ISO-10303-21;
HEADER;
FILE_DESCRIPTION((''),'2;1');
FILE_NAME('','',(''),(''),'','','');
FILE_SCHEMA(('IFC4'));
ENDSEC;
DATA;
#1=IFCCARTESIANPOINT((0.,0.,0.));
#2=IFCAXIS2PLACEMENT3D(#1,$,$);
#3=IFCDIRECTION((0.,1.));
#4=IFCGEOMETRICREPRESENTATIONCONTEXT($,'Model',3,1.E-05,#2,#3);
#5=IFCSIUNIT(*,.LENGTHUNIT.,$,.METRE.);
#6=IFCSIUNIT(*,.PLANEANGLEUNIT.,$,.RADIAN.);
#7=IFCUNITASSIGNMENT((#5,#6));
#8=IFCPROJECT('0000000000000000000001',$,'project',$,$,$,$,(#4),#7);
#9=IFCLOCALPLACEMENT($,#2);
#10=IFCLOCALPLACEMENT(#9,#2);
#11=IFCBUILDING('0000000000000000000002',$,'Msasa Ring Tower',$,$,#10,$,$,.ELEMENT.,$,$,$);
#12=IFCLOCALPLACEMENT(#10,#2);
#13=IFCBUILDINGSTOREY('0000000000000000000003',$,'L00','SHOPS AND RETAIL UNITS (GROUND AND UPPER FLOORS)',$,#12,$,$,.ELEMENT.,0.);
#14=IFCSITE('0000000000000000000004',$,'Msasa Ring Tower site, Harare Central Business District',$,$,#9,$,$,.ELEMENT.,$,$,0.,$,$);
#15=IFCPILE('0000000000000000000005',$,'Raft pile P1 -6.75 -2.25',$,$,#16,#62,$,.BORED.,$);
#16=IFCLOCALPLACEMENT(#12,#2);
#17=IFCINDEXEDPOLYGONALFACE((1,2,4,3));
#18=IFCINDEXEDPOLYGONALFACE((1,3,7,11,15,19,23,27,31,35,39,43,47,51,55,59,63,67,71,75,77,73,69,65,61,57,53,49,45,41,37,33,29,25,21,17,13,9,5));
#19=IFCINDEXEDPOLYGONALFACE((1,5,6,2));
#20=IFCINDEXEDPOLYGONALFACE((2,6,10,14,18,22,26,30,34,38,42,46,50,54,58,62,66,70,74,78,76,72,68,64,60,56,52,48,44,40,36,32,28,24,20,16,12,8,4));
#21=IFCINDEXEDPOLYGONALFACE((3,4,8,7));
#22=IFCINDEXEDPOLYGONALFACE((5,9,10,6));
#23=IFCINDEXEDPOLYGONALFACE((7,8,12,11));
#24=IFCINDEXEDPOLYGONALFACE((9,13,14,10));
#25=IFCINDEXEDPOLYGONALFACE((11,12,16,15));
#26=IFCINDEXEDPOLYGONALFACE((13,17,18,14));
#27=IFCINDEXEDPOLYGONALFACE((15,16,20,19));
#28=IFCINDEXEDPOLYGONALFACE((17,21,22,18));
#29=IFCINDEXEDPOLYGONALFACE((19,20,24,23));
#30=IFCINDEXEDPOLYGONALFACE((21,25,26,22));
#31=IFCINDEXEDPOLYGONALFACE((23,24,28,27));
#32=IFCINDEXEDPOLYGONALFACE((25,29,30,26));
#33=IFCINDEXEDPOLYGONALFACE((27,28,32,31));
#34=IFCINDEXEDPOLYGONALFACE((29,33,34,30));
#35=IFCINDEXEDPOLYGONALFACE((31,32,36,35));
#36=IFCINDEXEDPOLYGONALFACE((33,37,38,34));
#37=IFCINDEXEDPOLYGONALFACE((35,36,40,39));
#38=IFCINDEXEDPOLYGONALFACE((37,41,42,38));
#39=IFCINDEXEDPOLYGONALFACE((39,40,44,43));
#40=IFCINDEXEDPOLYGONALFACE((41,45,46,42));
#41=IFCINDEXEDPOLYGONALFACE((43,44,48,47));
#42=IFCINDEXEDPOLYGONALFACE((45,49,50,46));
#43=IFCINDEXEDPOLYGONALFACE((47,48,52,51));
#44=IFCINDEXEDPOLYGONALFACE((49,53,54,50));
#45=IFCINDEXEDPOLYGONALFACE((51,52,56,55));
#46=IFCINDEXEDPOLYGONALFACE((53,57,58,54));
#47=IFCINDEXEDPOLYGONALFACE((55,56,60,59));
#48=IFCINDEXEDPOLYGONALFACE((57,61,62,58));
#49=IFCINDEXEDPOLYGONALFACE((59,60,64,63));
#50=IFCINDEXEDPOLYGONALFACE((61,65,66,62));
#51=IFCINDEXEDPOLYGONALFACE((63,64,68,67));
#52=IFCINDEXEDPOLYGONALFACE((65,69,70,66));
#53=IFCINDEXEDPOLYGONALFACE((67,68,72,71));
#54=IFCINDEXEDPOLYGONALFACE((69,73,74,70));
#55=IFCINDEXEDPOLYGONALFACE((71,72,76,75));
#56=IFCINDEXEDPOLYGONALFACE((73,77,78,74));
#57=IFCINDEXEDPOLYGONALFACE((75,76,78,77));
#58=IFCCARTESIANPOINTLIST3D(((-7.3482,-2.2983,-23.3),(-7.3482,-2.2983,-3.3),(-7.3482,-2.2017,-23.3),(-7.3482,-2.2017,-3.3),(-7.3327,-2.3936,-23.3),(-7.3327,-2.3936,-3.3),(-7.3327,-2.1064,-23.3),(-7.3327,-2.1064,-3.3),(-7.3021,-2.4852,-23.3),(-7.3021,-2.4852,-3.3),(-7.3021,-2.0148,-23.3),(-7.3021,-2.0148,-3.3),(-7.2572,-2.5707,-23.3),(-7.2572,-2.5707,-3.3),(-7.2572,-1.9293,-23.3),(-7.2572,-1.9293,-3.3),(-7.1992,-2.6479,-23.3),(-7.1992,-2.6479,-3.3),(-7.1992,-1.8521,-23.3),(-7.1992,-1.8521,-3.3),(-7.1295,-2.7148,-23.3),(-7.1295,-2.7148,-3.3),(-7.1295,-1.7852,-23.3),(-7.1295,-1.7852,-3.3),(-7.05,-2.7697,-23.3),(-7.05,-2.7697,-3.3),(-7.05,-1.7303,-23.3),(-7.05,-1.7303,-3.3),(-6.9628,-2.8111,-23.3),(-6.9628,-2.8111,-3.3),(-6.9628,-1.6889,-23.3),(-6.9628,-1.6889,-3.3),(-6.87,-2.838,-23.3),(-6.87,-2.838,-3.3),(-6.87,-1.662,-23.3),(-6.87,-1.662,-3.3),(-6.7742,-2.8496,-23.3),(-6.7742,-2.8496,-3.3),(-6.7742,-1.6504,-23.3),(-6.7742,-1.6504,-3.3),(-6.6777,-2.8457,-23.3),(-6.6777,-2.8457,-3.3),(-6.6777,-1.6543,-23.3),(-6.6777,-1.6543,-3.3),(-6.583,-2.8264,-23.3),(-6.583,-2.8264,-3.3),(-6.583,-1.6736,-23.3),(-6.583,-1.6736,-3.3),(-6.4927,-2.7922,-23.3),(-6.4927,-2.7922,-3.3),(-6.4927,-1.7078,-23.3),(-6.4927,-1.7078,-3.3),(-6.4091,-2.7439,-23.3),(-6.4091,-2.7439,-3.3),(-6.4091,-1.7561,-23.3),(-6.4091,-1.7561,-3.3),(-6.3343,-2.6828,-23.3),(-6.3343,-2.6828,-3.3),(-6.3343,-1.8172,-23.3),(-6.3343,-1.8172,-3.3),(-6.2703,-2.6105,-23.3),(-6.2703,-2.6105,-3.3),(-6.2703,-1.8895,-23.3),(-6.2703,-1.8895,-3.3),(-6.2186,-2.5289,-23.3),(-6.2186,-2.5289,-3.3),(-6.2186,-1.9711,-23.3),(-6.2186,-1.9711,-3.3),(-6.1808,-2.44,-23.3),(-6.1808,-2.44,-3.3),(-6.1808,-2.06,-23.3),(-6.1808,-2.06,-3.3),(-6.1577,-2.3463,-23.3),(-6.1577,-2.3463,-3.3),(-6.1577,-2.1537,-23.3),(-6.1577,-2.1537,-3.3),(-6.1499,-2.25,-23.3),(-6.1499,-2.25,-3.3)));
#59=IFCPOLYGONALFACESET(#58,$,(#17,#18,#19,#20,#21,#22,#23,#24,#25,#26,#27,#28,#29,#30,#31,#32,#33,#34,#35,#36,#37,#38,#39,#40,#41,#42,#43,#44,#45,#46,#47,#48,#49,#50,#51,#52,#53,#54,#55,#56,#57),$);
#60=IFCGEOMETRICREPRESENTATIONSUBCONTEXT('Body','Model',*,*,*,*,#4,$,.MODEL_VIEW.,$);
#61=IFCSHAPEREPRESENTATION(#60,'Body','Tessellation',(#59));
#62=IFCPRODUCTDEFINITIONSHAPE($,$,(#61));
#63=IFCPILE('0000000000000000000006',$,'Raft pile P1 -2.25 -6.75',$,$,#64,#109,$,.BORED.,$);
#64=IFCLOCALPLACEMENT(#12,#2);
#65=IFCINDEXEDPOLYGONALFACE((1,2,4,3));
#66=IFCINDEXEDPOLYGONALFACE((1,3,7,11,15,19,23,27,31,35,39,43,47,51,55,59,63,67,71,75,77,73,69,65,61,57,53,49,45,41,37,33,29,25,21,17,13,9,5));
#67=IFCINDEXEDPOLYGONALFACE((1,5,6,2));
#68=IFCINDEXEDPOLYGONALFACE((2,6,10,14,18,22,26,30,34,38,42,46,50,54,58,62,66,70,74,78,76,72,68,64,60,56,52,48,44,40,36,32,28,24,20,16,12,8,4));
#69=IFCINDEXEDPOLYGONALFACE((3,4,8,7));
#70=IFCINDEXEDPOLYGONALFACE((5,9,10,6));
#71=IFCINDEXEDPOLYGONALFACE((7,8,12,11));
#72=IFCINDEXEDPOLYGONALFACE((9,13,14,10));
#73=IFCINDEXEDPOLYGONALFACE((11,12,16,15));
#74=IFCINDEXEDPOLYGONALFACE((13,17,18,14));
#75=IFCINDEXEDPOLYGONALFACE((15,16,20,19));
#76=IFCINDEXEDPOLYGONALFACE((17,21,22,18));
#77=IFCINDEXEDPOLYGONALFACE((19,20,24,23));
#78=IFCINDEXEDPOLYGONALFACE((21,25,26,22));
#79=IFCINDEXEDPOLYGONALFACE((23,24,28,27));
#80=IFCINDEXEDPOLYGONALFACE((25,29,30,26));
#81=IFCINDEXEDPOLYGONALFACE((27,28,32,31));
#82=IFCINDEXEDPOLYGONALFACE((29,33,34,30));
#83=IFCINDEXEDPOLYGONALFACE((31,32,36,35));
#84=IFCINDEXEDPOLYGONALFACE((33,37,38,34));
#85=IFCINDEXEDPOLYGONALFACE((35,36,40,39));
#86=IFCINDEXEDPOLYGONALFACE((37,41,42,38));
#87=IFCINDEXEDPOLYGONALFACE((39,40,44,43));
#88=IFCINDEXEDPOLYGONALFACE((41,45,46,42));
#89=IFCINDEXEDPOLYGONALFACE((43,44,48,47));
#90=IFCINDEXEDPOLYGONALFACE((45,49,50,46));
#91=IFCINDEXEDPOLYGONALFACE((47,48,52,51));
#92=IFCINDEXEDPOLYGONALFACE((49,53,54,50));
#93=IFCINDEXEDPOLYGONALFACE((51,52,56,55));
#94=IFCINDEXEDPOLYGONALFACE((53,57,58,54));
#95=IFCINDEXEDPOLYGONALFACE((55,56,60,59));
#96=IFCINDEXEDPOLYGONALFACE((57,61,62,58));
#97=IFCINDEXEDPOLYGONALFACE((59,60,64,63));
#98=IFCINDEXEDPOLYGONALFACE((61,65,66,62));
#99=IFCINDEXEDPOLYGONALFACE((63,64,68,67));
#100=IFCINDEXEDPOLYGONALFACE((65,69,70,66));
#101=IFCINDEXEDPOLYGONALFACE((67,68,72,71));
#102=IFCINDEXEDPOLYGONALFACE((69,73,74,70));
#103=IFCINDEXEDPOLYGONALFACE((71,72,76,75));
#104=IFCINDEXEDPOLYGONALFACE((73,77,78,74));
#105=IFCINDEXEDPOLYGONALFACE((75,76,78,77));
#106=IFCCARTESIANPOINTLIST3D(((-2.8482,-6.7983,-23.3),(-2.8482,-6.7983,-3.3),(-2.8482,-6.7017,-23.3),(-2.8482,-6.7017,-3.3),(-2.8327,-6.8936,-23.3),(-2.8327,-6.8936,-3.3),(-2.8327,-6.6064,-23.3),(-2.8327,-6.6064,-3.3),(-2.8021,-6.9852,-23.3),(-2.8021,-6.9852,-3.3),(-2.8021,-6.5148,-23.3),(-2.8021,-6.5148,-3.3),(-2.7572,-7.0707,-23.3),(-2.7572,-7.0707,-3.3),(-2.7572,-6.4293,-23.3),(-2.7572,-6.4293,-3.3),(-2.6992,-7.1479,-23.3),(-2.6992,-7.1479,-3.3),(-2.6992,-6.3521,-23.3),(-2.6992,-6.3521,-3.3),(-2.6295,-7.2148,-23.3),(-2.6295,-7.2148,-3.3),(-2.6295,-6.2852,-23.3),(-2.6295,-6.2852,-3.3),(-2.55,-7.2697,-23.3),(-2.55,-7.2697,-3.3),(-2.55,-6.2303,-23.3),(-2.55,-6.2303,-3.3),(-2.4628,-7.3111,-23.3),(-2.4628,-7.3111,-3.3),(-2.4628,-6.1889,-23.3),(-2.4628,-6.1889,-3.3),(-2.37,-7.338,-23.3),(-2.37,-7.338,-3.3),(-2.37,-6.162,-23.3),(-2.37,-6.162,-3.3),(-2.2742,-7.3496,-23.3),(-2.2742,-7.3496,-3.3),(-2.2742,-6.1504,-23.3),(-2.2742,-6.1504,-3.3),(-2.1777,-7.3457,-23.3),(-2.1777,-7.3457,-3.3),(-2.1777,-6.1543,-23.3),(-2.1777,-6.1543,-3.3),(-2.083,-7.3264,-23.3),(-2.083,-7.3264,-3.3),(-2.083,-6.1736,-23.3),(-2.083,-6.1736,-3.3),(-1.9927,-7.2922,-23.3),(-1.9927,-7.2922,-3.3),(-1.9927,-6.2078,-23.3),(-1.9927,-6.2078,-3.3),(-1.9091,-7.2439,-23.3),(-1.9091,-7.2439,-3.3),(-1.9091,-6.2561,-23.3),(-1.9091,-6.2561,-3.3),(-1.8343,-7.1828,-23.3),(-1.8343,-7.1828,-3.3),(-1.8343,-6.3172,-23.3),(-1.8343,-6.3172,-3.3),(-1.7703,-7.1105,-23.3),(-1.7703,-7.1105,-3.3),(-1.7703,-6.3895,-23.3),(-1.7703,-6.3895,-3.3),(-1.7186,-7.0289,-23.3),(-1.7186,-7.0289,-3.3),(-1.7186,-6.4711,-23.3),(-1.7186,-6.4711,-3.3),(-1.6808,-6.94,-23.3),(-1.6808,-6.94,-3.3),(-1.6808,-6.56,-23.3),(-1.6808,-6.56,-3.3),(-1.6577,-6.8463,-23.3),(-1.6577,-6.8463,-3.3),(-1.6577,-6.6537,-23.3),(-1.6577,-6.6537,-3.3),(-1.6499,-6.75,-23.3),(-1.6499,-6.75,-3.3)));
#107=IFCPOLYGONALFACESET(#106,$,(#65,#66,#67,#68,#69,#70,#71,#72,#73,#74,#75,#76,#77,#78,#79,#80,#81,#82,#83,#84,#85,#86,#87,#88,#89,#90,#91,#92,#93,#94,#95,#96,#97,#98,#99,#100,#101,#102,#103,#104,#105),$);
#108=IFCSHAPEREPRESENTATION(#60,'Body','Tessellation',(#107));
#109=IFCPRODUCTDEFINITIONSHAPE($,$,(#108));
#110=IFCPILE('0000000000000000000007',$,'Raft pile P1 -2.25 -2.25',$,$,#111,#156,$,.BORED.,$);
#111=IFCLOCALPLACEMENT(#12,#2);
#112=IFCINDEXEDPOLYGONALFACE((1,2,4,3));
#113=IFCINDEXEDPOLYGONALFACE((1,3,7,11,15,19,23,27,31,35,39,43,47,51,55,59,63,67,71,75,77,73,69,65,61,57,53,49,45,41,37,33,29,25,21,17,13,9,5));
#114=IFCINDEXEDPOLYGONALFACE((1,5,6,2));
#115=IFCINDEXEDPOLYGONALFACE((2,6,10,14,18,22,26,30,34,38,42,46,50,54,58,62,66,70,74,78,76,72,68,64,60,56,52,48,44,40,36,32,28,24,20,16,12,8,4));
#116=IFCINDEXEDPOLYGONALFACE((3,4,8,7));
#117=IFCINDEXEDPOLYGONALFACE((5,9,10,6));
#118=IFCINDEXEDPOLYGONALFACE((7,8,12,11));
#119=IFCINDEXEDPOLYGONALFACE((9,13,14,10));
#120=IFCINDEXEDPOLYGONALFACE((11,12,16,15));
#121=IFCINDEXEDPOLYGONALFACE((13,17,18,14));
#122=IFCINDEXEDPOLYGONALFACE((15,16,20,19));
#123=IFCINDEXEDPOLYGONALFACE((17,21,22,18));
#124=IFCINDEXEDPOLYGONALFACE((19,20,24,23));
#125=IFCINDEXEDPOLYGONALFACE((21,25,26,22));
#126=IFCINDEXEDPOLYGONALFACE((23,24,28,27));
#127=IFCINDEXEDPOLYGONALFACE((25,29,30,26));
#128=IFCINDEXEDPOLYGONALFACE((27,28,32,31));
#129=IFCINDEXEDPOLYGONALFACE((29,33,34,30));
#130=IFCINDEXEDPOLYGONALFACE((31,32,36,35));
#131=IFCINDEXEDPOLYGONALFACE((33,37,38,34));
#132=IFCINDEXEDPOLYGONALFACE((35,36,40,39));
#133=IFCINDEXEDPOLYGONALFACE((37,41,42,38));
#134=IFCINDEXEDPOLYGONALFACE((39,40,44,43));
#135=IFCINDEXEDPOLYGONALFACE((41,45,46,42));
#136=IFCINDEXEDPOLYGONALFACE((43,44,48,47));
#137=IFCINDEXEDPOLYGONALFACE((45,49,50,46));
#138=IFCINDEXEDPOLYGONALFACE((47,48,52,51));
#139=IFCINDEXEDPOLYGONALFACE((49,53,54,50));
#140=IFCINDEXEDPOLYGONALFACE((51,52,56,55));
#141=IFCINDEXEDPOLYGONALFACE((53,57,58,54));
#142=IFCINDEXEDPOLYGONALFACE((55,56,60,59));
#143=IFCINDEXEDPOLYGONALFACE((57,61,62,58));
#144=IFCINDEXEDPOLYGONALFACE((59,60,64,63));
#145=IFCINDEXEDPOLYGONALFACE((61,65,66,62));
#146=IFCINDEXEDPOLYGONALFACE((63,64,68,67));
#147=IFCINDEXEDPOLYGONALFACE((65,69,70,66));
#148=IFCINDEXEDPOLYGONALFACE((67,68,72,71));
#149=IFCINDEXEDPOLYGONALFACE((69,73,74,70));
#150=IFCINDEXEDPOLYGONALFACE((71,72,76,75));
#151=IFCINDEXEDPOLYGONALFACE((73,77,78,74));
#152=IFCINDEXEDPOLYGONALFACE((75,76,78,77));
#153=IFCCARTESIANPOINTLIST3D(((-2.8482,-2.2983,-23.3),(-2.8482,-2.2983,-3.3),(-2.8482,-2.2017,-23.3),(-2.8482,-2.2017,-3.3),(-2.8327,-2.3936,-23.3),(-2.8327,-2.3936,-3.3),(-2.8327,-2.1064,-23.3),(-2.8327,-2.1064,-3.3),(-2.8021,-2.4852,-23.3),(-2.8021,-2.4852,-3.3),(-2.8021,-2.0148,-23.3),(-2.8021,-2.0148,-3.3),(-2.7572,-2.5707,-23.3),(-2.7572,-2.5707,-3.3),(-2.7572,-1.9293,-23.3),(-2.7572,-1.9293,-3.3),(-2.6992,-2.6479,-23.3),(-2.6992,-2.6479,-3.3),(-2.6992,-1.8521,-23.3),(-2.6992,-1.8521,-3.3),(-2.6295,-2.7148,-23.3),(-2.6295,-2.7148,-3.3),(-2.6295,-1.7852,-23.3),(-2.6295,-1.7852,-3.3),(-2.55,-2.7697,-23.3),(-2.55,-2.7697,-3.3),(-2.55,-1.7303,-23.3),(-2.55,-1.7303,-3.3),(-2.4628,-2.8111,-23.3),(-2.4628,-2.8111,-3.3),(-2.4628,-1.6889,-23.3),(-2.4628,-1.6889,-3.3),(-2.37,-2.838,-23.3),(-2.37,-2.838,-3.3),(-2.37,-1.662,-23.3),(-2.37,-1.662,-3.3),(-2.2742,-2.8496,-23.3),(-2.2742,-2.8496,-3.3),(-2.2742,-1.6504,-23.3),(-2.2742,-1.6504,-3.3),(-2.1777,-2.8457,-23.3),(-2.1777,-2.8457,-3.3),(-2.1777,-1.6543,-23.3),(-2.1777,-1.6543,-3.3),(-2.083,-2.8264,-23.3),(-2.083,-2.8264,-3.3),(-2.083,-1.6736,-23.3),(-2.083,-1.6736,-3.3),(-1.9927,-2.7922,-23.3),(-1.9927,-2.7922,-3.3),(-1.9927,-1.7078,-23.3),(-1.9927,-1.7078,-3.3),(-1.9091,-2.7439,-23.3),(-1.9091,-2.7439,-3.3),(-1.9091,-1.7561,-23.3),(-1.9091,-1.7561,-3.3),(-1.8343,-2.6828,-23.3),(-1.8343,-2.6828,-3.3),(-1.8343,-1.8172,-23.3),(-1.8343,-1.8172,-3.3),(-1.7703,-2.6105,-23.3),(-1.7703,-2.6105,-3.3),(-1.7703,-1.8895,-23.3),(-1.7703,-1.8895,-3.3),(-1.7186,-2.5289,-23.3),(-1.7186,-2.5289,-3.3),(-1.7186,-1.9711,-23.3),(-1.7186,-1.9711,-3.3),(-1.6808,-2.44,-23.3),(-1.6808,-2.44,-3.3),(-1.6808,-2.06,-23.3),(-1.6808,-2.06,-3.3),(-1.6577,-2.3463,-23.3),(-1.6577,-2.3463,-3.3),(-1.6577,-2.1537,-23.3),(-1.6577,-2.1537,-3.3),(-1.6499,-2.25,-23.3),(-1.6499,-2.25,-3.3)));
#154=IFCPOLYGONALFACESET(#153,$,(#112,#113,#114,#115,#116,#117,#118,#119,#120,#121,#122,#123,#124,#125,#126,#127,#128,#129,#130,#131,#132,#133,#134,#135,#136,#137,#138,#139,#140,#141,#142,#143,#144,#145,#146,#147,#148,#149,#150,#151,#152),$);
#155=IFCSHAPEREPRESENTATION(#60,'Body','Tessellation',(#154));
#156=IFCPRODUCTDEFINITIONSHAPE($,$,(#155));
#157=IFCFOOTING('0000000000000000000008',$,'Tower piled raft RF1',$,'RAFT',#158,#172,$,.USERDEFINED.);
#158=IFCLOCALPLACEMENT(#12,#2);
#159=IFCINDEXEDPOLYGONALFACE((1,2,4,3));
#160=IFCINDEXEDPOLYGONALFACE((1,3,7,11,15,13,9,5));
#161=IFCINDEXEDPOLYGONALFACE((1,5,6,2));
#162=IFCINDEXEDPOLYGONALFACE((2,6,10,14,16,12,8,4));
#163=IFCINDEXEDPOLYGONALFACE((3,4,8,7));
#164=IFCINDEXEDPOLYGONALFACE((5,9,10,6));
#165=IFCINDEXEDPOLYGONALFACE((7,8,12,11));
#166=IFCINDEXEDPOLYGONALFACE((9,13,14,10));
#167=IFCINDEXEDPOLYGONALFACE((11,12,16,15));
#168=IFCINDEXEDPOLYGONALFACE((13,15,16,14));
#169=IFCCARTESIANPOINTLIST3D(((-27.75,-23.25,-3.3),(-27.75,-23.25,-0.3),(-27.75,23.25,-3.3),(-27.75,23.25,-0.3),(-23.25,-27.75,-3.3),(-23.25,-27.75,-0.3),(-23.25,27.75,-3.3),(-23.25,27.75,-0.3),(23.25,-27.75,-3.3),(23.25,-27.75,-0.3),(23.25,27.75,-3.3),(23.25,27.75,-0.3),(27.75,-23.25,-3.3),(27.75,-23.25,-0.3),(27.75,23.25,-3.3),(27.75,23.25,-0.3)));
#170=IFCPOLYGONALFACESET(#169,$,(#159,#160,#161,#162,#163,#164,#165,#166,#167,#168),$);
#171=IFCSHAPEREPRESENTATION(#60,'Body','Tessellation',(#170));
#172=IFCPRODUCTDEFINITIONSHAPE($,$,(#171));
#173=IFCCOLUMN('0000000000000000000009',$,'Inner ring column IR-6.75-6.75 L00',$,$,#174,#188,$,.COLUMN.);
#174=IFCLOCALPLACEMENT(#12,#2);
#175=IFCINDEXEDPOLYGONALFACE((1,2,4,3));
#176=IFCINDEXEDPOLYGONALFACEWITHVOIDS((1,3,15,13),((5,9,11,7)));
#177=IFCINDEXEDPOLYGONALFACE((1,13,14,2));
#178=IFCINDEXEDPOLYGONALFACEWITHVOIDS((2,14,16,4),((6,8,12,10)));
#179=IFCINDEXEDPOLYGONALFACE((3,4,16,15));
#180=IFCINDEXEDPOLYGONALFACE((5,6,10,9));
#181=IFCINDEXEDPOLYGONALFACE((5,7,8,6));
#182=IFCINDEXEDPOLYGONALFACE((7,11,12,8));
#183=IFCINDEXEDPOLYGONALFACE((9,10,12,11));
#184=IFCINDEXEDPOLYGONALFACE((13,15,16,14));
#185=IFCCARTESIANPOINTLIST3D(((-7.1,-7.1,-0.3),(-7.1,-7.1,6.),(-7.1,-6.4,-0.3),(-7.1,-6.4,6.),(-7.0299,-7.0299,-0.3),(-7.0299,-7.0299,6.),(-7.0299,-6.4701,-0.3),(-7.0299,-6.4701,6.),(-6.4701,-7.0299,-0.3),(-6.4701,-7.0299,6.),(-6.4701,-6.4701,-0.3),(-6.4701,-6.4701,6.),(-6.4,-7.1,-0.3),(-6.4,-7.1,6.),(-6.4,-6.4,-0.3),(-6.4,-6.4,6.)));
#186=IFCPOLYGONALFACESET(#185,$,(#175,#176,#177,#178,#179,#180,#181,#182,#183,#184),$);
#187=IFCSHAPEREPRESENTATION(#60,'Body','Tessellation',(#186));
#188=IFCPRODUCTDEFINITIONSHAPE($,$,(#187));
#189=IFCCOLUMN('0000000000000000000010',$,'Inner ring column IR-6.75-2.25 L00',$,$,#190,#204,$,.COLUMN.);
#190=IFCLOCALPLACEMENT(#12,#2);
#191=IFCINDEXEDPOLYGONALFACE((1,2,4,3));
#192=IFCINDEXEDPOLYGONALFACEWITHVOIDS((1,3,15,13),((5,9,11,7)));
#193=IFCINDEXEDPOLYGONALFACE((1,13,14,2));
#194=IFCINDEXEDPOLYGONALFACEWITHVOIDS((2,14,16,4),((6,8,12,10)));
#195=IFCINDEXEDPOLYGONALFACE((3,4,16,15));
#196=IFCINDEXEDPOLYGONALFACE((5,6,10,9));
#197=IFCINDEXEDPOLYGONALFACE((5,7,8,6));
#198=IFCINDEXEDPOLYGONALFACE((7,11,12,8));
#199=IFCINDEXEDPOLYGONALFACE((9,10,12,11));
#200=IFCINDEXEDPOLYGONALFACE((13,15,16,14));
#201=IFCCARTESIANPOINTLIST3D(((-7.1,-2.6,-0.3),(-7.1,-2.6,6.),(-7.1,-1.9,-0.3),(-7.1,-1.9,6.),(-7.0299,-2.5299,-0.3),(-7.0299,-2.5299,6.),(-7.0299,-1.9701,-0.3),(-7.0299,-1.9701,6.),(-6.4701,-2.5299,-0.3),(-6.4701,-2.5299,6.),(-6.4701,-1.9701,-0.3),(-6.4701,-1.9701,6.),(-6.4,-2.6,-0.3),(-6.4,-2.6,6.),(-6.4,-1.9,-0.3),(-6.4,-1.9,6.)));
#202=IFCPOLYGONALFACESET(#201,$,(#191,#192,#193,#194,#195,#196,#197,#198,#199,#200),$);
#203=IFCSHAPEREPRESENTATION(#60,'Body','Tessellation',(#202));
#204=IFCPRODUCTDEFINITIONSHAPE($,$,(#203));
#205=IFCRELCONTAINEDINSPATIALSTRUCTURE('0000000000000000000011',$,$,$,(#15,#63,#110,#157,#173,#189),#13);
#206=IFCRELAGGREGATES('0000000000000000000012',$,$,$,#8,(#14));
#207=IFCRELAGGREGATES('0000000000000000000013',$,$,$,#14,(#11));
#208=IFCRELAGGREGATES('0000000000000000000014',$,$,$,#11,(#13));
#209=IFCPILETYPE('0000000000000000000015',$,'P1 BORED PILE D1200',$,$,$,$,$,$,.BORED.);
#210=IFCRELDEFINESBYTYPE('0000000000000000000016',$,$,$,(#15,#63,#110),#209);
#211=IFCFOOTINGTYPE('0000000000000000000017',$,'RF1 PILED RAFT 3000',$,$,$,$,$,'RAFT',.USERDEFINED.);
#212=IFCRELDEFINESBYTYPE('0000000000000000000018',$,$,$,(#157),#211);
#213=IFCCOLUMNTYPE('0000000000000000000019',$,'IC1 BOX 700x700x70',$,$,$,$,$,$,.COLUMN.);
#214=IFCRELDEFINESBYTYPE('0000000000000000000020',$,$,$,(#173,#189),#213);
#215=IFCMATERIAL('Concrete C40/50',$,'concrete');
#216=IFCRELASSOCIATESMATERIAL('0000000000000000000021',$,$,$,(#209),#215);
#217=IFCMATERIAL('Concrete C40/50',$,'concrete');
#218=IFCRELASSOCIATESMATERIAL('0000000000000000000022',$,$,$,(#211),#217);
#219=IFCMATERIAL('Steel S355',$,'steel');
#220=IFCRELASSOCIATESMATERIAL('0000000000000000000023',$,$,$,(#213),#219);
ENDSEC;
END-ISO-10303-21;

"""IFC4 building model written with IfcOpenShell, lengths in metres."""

from ifc_helpers import new_model, si_unit, direction, frame, origin, origin_2d, place, context, subcontext, project, spatial, polyline, hollow_rectangle, circle, outline, extrude, material, material_profile, profile_set, type_object, element, save


model = new_model("IFC4")

# Units and contexts
model_context = context("Model", 3, precision=1e-05, world=origin(), true_north=direction((0.0, 1.0)))
body_context = subcontext(model_context, "Body", "Model", "MODEL_VIEW")
ifc_project = project(units=[si_unit("LENGTHUNIT", "METRE"), si_unit("PLANEANGLEUNIT", "RADIAN")], contexts=[model_context])

# Site, building, storey
site_placement = place(None, origin())
site = spatial("IfcSite", under=ifc_project, at=site_placement, Name="Msasa Ring Tower site, Harare Central Business District", CompositionType="ELEMENT", RefElevation=0.0)
building_placement = place(site_placement, origin())
building = spatial("IfcBuilding", under=site, at=building_placement, Name="Msasa Ring Tower", CompositionType="ELEMENT")
storey_placement = place(building_placement, origin())
storey = spatial("IfcBuildingStorey", under=building, at=storey_placement, Name="L00", Description="SHOPS AND RETAIL UNITS (GROUND AND UPPER FLOORS)", CompositionType="ELEMENT", Elevation=0.0)

# Piles
ifc_material_1 = material(Name="Concrete C40/50", Category="concrete")
ifc_material_profile_1 = material_profile(ifc_material_1, circle(Radius=0.6001, at=origin_2d()), Name="D1200")
ifc_profile_set_1 = profile_set([ifc_material_profile_1], Name="Concrete C40/50")
pile_type = type_object("IfcPileType", Name="P1 BORED PILE D1200", PredefinedType="BORED", material=ifc_profile_set_1)
for number, where, z_axis, x_axis, name in (
    (1, (-6.75, -2.25, -3.3), (0.0, 0.0, -1.0), (1.0, 0.0, 0.0), "Raft pile P1 -6.75 -2.25"),
    (2, (-2.25, -6.75, -3.3), (0.0, 0.0, -1.0), (1.0, 0.0, 0.0), "Raft pile P1 -2.25 -6.75"),
    (3, (-2.25, -2.25, -3.3), (0.0, 0.0, -1.0), (1.0, 0.0, 0.0), "Raft pile P1 -2.25 -2.25"),
):
    element("IfcPile", number, at=place(storey_placement, frame(where, z_axis=z_axis, x_axis=x_axis)), inside=storey, type_object=pile_type, Name=name, PredefinedType="BORED", context=body_context, shape_type="SweptSolid", body=[
        extrude(circle(Radius=0.6001, at=origin_2d()), origin(), (0.0, 0.0, 1.0), 20.0),
    ])

# Footing
ifc_material_2 = material(Name="Concrete C40/50", Category="concrete")
footing_type = type_object("IfcFootingType", Name="RF1 PILED RAFT 3000", ElementType="RAFT", PredefinedType="USERDEFINED", material=ifc_material_2)
footing_placement = place(storey_placement, frame((0.0, 0.0, -3.3)))
element("IfcFooting", 4, at=footing_placement, inside=storey, type_object=footing_type, Name="Tower piled raft RF1", ObjectType="RAFT", PredefinedType="USERDEFINED", context=body_context, shape_type="SweptSolid", body=[
    extrude(outline(polyline([(-23.25, -27.75), (23.25, -27.75), (27.75, -23.25), (27.75, 23.25), (23.25, 27.75), (-23.25, 27.75), (-27.75, 23.25), (-27.75, -23.25), (-23.25, -27.75)])), origin(), (0.0, 0.0, 1.0), 3.0),
])

# Columns
ifc_material_3 = material(Name="Steel S355", Category="steel")
ifc_material_profile_2 = material_profile(ifc_material_3, hollow_rectangle(XDim=0.7, YDim=0.7, WallThickness=0.0701, at=origin_2d()), Name="BOX 700x700x70")
ifc_profile_set_2 = profile_set([ifc_material_profile_2], Name="Steel S355")
column_type = type_object("IfcColumnType", Name="IC1 BOX 700x700x70", PredefinedType="COLUMN", material=ifc_profile_set_2)
for number, where, z_axis, x_axis, name in (
    (5, (-6.75, -6.75, -0.3), (0.0, 0.0, 1.0), (1.0, 0.0, 0.0), "Inner ring column IR-6.75-6.75 L00"),
    (6, (-6.75, -2.25, -0.3), (0.0, 0.0, 1.0), (1.0, 0.0, 0.0), "Inner ring column IR-6.75-2.25 L00"),
):
    element("IfcColumn", number, at=place(storey_placement, frame(where, z_axis=z_axis, x_axis=x_axis)), inside=storey, type_object=column_type, Name=name, PredefinedType="COLUMN", context=body_context, shape_type="SweptSolid", body=[
        extrude(hollow_rectangle(XDim=0.7, YDim=0.7, WallThickness=0.0701, at=origin_2d()), origin(), (0.0, 0.0, 1.0), 6.3),
    ])

save(model, "model.ifc")
